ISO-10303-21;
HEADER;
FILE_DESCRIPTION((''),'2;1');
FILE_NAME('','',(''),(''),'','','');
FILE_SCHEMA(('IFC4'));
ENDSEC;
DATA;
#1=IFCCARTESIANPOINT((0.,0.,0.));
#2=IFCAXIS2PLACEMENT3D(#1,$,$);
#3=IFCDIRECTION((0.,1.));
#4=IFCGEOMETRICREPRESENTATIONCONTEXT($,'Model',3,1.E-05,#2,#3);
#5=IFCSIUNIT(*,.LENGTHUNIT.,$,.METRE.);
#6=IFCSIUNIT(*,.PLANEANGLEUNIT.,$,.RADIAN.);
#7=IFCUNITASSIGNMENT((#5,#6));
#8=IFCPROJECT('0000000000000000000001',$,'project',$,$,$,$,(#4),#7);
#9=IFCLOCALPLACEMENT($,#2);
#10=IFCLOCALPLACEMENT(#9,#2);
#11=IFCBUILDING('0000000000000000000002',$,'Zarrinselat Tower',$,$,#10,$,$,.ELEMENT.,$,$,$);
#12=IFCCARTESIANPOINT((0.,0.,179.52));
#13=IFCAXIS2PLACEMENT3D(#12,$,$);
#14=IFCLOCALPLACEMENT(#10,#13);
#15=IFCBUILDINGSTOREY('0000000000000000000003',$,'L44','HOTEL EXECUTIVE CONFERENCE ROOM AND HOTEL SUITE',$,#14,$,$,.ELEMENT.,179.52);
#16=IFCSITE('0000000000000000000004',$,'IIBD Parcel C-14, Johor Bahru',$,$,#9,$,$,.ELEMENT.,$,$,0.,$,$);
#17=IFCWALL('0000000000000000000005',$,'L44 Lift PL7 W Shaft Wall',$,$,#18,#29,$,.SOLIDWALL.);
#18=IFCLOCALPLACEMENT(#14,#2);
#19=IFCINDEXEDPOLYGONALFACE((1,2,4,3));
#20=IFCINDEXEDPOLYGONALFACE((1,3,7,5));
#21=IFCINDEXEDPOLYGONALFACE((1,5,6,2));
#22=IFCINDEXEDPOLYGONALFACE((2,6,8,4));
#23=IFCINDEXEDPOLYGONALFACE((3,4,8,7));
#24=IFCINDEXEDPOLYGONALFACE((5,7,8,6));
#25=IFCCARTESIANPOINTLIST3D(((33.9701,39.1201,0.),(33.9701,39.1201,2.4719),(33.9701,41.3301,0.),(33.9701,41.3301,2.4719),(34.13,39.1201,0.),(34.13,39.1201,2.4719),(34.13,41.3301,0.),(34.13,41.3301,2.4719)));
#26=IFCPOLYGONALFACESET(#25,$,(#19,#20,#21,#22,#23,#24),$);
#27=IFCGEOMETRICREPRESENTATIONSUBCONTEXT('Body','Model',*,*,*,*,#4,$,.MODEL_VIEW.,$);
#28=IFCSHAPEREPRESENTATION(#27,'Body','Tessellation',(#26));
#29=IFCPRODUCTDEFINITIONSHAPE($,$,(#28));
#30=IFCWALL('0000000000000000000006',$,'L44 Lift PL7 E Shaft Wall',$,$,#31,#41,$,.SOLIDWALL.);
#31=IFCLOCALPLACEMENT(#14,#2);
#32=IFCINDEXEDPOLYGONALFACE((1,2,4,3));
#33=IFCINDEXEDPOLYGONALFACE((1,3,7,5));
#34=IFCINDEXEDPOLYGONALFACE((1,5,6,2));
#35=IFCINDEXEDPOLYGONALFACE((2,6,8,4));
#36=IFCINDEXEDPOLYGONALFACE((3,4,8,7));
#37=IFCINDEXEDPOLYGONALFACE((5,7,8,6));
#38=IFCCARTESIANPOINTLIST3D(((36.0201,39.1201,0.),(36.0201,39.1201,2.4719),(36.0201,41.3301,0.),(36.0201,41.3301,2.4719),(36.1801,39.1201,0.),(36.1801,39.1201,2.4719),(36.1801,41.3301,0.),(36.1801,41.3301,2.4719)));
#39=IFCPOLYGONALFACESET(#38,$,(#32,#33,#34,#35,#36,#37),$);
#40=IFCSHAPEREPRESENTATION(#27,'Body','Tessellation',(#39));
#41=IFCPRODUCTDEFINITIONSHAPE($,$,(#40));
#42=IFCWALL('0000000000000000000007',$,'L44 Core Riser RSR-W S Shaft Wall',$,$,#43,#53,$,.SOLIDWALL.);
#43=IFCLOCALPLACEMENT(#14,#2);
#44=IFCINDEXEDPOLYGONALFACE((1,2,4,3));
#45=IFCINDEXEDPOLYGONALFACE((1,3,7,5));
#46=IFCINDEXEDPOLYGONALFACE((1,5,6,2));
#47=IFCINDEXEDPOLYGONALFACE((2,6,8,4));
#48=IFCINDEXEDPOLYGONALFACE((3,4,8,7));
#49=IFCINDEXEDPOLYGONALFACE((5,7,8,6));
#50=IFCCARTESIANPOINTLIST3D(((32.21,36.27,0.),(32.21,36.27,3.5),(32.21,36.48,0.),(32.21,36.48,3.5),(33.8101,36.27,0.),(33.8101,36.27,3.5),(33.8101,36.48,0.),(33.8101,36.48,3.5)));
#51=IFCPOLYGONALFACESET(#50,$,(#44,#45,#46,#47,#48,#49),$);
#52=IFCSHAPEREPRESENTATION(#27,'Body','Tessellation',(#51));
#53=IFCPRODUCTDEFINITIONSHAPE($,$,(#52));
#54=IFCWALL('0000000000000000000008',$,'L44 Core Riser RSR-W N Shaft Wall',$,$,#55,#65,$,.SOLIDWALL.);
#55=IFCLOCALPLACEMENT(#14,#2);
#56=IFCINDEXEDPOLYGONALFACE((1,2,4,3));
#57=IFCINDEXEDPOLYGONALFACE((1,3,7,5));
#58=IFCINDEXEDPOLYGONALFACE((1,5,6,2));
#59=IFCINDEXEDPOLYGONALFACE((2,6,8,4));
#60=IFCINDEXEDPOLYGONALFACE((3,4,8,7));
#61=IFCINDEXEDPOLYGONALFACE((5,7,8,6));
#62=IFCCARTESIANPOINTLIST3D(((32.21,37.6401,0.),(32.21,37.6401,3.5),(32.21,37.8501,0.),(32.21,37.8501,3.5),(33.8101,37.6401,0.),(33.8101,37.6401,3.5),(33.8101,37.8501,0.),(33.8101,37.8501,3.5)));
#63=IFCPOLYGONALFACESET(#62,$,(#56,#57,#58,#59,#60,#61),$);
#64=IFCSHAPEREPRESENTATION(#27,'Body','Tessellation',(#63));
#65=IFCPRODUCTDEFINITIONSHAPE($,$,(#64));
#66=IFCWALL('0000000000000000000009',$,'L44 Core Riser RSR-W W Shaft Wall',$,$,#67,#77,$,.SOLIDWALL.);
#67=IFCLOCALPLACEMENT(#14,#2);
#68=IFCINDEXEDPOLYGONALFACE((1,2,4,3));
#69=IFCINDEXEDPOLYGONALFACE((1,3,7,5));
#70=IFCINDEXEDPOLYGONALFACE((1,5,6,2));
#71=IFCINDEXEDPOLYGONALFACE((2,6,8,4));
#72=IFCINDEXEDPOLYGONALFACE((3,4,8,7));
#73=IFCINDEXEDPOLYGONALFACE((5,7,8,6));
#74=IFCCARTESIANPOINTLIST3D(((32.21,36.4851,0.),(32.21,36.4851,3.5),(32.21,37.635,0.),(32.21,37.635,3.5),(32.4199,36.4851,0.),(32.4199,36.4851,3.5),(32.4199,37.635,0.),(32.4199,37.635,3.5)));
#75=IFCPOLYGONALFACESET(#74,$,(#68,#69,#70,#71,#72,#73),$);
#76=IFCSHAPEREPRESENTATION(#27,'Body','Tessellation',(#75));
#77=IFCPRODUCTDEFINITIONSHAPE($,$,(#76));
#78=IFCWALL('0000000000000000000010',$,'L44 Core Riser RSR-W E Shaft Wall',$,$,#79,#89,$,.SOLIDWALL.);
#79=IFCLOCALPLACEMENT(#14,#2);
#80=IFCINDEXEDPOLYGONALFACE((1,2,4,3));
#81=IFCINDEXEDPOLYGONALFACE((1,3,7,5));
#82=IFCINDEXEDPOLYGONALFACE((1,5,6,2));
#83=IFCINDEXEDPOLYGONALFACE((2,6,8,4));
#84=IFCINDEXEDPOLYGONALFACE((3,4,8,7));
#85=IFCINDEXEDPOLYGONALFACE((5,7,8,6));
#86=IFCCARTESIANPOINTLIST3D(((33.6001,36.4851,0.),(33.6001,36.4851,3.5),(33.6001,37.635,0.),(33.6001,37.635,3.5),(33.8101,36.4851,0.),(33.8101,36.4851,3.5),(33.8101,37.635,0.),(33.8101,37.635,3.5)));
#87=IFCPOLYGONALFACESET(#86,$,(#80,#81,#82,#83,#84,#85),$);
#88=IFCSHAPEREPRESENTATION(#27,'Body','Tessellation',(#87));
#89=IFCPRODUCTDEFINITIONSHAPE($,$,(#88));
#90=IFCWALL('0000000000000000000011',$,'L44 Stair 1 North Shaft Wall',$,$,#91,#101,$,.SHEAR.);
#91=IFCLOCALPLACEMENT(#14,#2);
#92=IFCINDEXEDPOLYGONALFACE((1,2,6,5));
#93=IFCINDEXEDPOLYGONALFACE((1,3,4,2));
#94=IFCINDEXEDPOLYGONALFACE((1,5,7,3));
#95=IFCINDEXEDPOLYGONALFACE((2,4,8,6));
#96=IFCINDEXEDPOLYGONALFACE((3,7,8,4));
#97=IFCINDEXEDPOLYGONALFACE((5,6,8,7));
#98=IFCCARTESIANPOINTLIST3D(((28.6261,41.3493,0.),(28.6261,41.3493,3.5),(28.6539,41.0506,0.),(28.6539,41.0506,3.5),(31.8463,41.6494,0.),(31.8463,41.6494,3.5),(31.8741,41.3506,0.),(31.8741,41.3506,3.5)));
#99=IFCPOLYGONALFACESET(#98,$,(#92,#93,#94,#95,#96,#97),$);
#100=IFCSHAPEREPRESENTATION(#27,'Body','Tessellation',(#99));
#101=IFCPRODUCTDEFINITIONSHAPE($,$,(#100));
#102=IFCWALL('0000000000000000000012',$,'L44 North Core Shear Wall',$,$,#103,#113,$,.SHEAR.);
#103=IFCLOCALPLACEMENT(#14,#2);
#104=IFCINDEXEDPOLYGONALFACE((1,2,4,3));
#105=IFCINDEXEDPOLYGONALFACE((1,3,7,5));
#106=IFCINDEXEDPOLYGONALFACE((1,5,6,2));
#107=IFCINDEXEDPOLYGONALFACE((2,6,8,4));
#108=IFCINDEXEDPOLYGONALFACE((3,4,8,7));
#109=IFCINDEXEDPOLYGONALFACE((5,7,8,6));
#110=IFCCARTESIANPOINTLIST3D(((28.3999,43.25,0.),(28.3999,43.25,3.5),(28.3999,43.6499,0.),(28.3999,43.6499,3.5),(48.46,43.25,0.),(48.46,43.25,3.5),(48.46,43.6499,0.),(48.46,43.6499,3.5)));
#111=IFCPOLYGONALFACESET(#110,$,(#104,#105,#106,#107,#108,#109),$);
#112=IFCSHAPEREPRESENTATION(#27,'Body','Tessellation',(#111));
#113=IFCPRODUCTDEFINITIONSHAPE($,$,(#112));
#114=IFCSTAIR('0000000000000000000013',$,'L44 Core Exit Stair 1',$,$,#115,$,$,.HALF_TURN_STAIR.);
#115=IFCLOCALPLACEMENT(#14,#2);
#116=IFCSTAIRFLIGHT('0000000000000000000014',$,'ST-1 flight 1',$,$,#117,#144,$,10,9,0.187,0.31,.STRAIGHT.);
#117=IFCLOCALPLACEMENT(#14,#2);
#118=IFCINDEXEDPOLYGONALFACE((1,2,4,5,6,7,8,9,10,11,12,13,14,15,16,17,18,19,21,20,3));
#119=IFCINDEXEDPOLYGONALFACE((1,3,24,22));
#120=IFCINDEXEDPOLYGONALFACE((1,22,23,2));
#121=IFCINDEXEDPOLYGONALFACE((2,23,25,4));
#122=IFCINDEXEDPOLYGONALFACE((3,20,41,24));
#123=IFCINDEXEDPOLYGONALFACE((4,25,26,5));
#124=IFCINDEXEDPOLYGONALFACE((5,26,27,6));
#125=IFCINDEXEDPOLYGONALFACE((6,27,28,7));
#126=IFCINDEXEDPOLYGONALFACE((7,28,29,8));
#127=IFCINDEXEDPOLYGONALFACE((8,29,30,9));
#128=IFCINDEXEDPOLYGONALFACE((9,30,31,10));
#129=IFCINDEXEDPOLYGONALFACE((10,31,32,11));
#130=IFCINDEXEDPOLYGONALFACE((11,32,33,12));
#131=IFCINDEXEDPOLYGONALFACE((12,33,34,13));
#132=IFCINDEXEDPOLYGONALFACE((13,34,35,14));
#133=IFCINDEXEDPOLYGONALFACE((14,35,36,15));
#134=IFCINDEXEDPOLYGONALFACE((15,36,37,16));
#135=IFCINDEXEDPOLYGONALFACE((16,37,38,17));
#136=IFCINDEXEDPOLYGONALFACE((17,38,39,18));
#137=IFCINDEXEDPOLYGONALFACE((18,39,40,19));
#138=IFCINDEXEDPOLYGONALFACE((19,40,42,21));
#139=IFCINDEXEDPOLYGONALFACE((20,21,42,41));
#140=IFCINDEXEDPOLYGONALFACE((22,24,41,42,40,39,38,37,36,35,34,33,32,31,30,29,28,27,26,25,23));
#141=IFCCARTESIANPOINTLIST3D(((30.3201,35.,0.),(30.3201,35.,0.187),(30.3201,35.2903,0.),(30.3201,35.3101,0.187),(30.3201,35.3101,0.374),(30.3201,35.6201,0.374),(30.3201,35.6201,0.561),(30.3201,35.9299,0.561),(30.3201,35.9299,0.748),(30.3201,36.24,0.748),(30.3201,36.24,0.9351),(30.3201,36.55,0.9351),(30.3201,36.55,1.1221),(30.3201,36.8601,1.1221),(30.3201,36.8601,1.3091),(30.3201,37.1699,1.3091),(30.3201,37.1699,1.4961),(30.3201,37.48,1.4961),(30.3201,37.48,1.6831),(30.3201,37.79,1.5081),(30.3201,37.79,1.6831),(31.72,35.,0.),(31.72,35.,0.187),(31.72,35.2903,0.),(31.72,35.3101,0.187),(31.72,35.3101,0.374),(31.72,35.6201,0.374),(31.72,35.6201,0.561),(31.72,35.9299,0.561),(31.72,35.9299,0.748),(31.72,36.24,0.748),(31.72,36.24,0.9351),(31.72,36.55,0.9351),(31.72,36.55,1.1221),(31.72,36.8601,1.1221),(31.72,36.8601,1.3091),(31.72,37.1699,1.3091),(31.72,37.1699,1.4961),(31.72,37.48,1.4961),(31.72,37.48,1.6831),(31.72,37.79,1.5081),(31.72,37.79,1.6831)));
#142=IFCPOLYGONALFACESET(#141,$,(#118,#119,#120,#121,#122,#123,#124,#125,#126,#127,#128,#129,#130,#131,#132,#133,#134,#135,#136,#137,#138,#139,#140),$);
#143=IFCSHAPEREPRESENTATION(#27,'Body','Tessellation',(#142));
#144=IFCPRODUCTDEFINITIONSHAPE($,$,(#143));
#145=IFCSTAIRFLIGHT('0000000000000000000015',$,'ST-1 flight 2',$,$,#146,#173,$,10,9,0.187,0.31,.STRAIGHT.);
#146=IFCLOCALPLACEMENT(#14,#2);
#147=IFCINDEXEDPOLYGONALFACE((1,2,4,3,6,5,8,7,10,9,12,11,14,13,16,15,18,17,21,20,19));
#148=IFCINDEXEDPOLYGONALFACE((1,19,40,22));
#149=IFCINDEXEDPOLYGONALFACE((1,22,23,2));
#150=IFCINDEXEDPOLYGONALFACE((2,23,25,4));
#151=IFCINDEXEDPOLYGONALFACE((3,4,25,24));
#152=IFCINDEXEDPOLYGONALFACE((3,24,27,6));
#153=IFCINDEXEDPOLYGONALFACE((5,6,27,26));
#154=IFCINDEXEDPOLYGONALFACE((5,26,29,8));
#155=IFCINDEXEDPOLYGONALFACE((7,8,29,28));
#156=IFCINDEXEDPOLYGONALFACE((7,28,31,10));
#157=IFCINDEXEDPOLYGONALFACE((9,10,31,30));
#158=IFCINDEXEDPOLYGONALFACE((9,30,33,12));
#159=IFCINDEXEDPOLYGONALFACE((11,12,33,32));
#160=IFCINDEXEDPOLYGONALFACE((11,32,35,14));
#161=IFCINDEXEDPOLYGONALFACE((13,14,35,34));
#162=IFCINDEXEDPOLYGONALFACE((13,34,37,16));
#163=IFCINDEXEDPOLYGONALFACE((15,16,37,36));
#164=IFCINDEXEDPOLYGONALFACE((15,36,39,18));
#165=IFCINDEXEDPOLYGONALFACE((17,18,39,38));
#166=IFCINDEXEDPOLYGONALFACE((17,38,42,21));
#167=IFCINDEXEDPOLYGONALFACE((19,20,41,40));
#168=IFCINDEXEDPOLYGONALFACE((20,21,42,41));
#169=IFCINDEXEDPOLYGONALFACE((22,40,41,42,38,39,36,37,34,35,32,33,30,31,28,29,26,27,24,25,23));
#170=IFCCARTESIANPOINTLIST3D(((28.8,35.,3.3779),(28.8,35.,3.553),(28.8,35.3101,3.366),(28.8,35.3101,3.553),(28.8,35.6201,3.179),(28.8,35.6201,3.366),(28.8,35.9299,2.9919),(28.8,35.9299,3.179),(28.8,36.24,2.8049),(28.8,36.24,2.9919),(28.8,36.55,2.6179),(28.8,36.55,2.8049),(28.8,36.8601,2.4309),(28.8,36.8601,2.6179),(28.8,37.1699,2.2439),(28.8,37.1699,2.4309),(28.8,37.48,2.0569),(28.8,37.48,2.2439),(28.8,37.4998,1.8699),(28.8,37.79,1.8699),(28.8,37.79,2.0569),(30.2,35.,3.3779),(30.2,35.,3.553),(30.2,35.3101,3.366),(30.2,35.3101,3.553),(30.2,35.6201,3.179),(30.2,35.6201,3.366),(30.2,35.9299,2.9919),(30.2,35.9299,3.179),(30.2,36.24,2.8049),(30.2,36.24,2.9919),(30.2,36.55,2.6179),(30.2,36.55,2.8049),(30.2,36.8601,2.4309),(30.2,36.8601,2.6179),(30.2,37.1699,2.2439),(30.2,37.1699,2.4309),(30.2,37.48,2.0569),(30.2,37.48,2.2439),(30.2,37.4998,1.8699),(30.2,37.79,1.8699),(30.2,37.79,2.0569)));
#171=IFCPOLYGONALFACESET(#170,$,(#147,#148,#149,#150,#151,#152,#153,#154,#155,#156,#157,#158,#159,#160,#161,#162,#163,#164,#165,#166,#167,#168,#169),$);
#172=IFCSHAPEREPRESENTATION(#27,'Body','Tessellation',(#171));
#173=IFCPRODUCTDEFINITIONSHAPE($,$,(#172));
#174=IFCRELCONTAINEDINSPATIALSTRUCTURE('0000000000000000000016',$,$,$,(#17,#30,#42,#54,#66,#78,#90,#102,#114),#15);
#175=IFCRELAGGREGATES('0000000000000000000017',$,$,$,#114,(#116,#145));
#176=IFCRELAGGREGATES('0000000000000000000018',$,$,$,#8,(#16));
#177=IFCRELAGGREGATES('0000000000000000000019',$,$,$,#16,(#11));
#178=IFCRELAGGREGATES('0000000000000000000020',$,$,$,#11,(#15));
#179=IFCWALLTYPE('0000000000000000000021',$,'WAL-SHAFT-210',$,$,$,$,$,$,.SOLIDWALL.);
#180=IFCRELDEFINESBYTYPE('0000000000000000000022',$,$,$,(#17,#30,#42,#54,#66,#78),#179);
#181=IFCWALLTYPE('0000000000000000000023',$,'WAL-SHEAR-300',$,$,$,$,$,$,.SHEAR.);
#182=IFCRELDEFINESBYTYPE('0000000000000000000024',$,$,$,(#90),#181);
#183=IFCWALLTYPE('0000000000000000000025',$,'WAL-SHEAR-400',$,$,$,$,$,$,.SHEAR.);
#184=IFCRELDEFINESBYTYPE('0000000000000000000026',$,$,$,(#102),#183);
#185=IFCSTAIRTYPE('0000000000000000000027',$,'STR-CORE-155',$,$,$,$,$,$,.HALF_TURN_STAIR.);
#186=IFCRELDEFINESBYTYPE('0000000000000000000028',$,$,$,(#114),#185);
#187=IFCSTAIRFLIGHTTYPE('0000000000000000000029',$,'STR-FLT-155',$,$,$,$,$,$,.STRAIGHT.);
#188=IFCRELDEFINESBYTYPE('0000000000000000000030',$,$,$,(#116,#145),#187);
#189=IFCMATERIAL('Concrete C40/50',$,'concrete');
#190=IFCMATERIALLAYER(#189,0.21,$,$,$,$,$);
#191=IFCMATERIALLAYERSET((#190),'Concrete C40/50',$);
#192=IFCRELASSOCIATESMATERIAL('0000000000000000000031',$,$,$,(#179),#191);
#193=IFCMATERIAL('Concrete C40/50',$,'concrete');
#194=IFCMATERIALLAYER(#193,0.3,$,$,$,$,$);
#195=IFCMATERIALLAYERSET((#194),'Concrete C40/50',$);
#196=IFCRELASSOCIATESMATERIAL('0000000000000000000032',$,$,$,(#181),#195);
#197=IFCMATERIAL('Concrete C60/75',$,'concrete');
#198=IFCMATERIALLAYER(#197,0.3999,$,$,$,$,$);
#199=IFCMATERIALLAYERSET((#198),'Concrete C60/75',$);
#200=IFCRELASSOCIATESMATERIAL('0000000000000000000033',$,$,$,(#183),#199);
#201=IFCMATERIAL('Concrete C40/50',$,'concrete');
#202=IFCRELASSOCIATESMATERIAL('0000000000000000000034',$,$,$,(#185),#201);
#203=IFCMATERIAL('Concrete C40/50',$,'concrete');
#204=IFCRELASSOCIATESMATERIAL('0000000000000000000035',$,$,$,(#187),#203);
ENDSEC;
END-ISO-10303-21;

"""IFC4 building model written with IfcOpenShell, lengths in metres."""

from ifc_helpers import new_model, si_unit, direction, frame, frame_2d, origin, place, context, subcontext, project, spatial, polyline, rectangle, outline, extrude, material, layer, layer_set, type_object, element, aggregate, save


model = new_model("IFC4")

# Units and contexts
model_context = context("Model", 3, precision=1e-05, world=origin(), true_north=direction((0.0, 1.0)))
body_context = subcontext(model_context, "Body", "Model", "MODEL_VIEW")
ifc_project = project(units=[si_unit("LENGTHUNIT", "METRE"), si_unit("PLANEANGLEUNIT", "RADIAN")], contexts=[model_context])

# Site, building, storey
site_placement = place(None, origin())
site = spatial("IfcSite", under=ifc_project, at=site_placement, Name="IIBD Parcel C-14, Johor Bahru", CompositionType="ELEMENT", RefElevation=0.0)
building_placement = place(site_placement, origin())
building = spatial("IfcBuilding", under=site, at=building_placement, Name="Zarrinselat Tower", CompositionType="ELEMENT")
storey_placement = place(building_placement, frame((0.0, 0.0, 179.52)))
storey = spatial("IfcBuildingStorey", under=building, at=storey_placement, Name="L44", Description="HOTEL EXECUTIVE CONFERENCE ROOM AND HOTEL SUITE", CompositionType="ELEMENT", Elevation=179.52)

# Shared definitions
ifc_material_1 = material(Name="Concrete C40/50", Category="concrete")
ifc_layer_1 = layer(ifc_material_1, 0.21)
ifc_layer_set_1 = layer_set([ifc_layer_1], Name="Concrete C40/50")
wall_type_1 = type_object("IfcWallType", Name="WAL-SHAFT-210", PredefinedType="SOLIDWALL", material=ifc_layer_set_1)

# Walls
for number, where, z_axis, x_axis, name in (
    (1, (34.05, 39.1201, 0.0), (0.0, 0.0, 1.0), (0.0, 1.0, 0.0), "L44 Lift PL7 W Shaft Wall"),
    (2, (36.1001, 39.1201, 0.0), (0.0, 0.0, 1.0), (0.0, 1.0, 0.0), "L44 Lift PL7 E Shaft Wall"),
):
    element("IfcWall", number, at=place(storey_placement, frame(where, z_axis=z_axis, x_axis=x_axis)), inside=storey, type_object=wall_type_1, Name=name, PredefinedType="SOLIDWALL", context=body_context, shape_type="SweptSolid", body=[
        extrude(rectangle(XDim=2.21, YDim=0.1599, at=frame_2d((1.105, 0.0))), origin(), (0.0, 0.0, 1.0), 2.4719),
    ])
for number, where, z_axis, x_axis, name in (
    (3, (32.21, 36.375, 0.0), (0.0, 0.0, 1.0), (1.0, 0.0, 0.0), "L44 Core Riser RSR-W S Shaft Wall"),
    (4, (32.21, 37.7451, 0.0), (0.0, 0.0, 1.0), (1.0, 0.0, 0.0), "L44 Core Riser RSR-W N Shaft Wall"),
):
    element("IfcWall", number, at=place(storey_placement, frame(where, z_axis=z_axis, x_axis=x_axis)), inside=storey, type_object=wall_type_1, Name=name, PredefinedType="SOLIDWALL", context=body_context, shape_type="SweptSolid", body=[
        extrude(rectangle(XDim=1.6001, YDim=0.21, at=frame_2d((0.8, 0.0))), origin(), (0.0, 0.0, 1.0), 3.5),
    ])
for number, where, z_axis, x_axis, name in (
    (5, (32.3149, 36.4851, 0.0), (0.0, 0.0, 1.0), (0.0, 1.0, 0.0), "L44 Core Riser RSR-W W Shaft Wall"),
    (6, (33.7051, 36.4851, 0.0), (0.0, 0.0, 1.0), (0.0, 1.0, 0.0), "L44 Core Riser RSR-W E Shaft Wall"),
):
    element("IfcWall", number, at=place(storey_placement, frame(where, z_axis=z_axis, x_axis=x_axis)), inside=storey, type_object=wall_type_1, Name=name, PredefinedType="SOLIDWALL", context=body_context, shape_type="SweptSolid", body=[
        extrude(rectangle(XDim=1.1499, YDim=0.21, at=frame_2d((0.575, 0.0))), origin(), (0.0, 0.0, 1.0), 3.5),
    ])
ifc_material_2 = material(Name="Concrete C40/50", Category="concrete")
ifc_layer_2 = layer(ifc_material_2, 0.3)
ifc_layer_set_2 = layer_set([ifc_layer_2], Name="Concrete C40/50")
wall_type_2 = type_object("IfcWallType", Name="WAL-SHEAR-300", PredefinedType="SHEAR", material=ifc_layer_set_2)
wall_1_placement = place(storey_placement, frame((28.6399, 41.2, 0.0), z_axis=(0.0, 0.0, 1.0), x_axis=(0.995687, 0.092775, 0.0)))
element("IfcWall", 7, at=wall_1_placement, inside=storey, type_object=wall_type_2, Name="L44 Stair 1 North Shaft Wall", PredefinedType="SHEAR", context=body_context, shape_type="SweptSolid", body=[
    extrude(rectangle(XDim=3.2341, YDim=0.3, at=frame_2d((1.6172, 0.0))), origin(), (0.0, 0.0, 1.0), 3.5),
])
ifc_material_3 = material(Name="Concrete C60/75", Category="concrete")
ifc_layer_3 = layer(ifc_material_3, 0.3999)
ifc_layer_set_3 = layer_set([ifc_layer_3], Name="Concrete C60/75")
wall_type_3 = type_object("IfcWallType", Name="WAL-SHEAR-400", PredefinedType="SHEAR", material=ifc_layer_set_3)
wall_2_placement = place(storey_placement, frame((28.3999, 43.45, 0.0), z_axis=(0.0, 0.0, 1.0), x_axis=(1.0, 0.0, 0.0)))
element("IfcWall", 8, at=wall_2_placement, inside=storey, type_object=wall_type_3, Name="L44 North Core Shear Wall", PredefinedType="SHEAR", context=body_context, shape_type="SweptSolid", body=[
    extrude(rectangle(XDim=20.0601, YDim=0.3999, at=frame_2d((10.03, 0.0))), origin(), (0.0, 0.0, 1.0), 3.5),
])

# Stair, stair flights
ifc_material_4 = material(Name="Concrete C40/50", Category="concrete")
stair_type = type_object("IfcStairType", Name="STR-CORE-155", PredefinedType="HALF_TURN_STAIR", material=ifc_material_4)
stair_placement = place(storey_placement, origin())
stair = element("IfcStair", 9, at=stair_placement, inside=storey, type_object=stair_type, Name="L44 Core Exit Stair 1", PredefinedType="HALF_TURN_STAIR")
ifc_material_5 = material(Name="Concrete C40/50", Category="concrete")
stair_flight_type = type_object("IfcStairFlightType", Name="STR-FLT-155", PredefinedType="STRAIGHT", material=ifc_material_5)
stair_flight_1_placement = place(storey_placement, frame((31.02, 35.0, 0.0), z_axis=(0.0, 0.0, 1.0), x_axis=(0.0, 1.0, 0.0)))
stair_flight_1 = element("IfcStairFlight", 10, at=stair_flight_1_placement, type_object=stair_flight_type, Name="ST-1 flight 1", NumberOfRisers=10, NumberOfTreads=9, PredefinedType="STRAIGHT", RiserHeight=0.187, TreadLength=0.31, context=body_context, shape_type="SweptSolid", body=[
    extrude(outline(polyline([(0.0, 0.0), (0.0, 0.187), (0.3101, 0.187), (0.3101, 0.374), (0.6201, 0.374), (0.6201, 0.561), (0.9299, 0.561), (0.9299, 0.748), (1.24, 0.748), (1.24, 0.9351), (1.55, 0.9351), (1.55, 1.1221), (1.8601, 1.1221), (1.8601, 1.3091), (2.1699, 1.3091), (2.1699, 1.4961), (2.48, 1.4961), (2.48, 1.6831), (2.79, 1.6831), (2.79, 1.8701), (2.79, 1.5081), (0.2903, 0.0), (0.0, 0.0)])), frame((0.0, 0.7, 0.0), z_axis=(0.0, -1.0, 0.0), x_axis=(1.0, 0.0, 0.0)), (0.0, 0.0, 1.0), 1.3999),
])
stair_flight_2_placement = place(storey_placement, frame((29.5, 37.79, 1.8699), z_axis=(0.0, 0.0, 1.0), x_axis=(0.0, -1.0, 0.0)))
stair_flight_2 = element("IfcStairFlight", 11, at=stair_flight_2_placement, type_object=stair_flight_type, Name="ST-1 flight 2", NumberOfRisers=10, NumberOfTreads=9, PredefinedType="STRAIGHT", RiserHeight=0.187, TreadLength=0.31, context=body_context, shape_type="SweptSolid", body=[
    extrude(outline(polyline([(0.0, 0.0), (0.0, 0.187), (0.3101, 0.187), (0.3101, 0.374), (0.6201, 0.374), (0.6201, 0.561), (0.9299, 0.561), (0.9299, 0.748), (1.24, 0.748), (1.24, 0.9351), (1.55, 0.9351), (1.55, 1.1221), (1.8601, 1.1221), (1.8601, 1.3091), (2.1699, 1.3091), (2.1699, 1.4961), (2.48, 1.4961), (2.48, 1.6831), (2.79, 1.6831), (2.79, 1.8701), (2.79, 1.5081), (0.2903, 0.0), (0.0, 0.0)])), frame((0.0, 0.7, 0.0), z_axis=(0.0, -1.0, 0.0), x_axis=(1.0, 0.0, 0.0)), (0.0, 0.0, 1.0), 1.3999),
])
aggregate(stair, [stair_flight_1, stair_flight_2])

save(model, "model.ifc")
